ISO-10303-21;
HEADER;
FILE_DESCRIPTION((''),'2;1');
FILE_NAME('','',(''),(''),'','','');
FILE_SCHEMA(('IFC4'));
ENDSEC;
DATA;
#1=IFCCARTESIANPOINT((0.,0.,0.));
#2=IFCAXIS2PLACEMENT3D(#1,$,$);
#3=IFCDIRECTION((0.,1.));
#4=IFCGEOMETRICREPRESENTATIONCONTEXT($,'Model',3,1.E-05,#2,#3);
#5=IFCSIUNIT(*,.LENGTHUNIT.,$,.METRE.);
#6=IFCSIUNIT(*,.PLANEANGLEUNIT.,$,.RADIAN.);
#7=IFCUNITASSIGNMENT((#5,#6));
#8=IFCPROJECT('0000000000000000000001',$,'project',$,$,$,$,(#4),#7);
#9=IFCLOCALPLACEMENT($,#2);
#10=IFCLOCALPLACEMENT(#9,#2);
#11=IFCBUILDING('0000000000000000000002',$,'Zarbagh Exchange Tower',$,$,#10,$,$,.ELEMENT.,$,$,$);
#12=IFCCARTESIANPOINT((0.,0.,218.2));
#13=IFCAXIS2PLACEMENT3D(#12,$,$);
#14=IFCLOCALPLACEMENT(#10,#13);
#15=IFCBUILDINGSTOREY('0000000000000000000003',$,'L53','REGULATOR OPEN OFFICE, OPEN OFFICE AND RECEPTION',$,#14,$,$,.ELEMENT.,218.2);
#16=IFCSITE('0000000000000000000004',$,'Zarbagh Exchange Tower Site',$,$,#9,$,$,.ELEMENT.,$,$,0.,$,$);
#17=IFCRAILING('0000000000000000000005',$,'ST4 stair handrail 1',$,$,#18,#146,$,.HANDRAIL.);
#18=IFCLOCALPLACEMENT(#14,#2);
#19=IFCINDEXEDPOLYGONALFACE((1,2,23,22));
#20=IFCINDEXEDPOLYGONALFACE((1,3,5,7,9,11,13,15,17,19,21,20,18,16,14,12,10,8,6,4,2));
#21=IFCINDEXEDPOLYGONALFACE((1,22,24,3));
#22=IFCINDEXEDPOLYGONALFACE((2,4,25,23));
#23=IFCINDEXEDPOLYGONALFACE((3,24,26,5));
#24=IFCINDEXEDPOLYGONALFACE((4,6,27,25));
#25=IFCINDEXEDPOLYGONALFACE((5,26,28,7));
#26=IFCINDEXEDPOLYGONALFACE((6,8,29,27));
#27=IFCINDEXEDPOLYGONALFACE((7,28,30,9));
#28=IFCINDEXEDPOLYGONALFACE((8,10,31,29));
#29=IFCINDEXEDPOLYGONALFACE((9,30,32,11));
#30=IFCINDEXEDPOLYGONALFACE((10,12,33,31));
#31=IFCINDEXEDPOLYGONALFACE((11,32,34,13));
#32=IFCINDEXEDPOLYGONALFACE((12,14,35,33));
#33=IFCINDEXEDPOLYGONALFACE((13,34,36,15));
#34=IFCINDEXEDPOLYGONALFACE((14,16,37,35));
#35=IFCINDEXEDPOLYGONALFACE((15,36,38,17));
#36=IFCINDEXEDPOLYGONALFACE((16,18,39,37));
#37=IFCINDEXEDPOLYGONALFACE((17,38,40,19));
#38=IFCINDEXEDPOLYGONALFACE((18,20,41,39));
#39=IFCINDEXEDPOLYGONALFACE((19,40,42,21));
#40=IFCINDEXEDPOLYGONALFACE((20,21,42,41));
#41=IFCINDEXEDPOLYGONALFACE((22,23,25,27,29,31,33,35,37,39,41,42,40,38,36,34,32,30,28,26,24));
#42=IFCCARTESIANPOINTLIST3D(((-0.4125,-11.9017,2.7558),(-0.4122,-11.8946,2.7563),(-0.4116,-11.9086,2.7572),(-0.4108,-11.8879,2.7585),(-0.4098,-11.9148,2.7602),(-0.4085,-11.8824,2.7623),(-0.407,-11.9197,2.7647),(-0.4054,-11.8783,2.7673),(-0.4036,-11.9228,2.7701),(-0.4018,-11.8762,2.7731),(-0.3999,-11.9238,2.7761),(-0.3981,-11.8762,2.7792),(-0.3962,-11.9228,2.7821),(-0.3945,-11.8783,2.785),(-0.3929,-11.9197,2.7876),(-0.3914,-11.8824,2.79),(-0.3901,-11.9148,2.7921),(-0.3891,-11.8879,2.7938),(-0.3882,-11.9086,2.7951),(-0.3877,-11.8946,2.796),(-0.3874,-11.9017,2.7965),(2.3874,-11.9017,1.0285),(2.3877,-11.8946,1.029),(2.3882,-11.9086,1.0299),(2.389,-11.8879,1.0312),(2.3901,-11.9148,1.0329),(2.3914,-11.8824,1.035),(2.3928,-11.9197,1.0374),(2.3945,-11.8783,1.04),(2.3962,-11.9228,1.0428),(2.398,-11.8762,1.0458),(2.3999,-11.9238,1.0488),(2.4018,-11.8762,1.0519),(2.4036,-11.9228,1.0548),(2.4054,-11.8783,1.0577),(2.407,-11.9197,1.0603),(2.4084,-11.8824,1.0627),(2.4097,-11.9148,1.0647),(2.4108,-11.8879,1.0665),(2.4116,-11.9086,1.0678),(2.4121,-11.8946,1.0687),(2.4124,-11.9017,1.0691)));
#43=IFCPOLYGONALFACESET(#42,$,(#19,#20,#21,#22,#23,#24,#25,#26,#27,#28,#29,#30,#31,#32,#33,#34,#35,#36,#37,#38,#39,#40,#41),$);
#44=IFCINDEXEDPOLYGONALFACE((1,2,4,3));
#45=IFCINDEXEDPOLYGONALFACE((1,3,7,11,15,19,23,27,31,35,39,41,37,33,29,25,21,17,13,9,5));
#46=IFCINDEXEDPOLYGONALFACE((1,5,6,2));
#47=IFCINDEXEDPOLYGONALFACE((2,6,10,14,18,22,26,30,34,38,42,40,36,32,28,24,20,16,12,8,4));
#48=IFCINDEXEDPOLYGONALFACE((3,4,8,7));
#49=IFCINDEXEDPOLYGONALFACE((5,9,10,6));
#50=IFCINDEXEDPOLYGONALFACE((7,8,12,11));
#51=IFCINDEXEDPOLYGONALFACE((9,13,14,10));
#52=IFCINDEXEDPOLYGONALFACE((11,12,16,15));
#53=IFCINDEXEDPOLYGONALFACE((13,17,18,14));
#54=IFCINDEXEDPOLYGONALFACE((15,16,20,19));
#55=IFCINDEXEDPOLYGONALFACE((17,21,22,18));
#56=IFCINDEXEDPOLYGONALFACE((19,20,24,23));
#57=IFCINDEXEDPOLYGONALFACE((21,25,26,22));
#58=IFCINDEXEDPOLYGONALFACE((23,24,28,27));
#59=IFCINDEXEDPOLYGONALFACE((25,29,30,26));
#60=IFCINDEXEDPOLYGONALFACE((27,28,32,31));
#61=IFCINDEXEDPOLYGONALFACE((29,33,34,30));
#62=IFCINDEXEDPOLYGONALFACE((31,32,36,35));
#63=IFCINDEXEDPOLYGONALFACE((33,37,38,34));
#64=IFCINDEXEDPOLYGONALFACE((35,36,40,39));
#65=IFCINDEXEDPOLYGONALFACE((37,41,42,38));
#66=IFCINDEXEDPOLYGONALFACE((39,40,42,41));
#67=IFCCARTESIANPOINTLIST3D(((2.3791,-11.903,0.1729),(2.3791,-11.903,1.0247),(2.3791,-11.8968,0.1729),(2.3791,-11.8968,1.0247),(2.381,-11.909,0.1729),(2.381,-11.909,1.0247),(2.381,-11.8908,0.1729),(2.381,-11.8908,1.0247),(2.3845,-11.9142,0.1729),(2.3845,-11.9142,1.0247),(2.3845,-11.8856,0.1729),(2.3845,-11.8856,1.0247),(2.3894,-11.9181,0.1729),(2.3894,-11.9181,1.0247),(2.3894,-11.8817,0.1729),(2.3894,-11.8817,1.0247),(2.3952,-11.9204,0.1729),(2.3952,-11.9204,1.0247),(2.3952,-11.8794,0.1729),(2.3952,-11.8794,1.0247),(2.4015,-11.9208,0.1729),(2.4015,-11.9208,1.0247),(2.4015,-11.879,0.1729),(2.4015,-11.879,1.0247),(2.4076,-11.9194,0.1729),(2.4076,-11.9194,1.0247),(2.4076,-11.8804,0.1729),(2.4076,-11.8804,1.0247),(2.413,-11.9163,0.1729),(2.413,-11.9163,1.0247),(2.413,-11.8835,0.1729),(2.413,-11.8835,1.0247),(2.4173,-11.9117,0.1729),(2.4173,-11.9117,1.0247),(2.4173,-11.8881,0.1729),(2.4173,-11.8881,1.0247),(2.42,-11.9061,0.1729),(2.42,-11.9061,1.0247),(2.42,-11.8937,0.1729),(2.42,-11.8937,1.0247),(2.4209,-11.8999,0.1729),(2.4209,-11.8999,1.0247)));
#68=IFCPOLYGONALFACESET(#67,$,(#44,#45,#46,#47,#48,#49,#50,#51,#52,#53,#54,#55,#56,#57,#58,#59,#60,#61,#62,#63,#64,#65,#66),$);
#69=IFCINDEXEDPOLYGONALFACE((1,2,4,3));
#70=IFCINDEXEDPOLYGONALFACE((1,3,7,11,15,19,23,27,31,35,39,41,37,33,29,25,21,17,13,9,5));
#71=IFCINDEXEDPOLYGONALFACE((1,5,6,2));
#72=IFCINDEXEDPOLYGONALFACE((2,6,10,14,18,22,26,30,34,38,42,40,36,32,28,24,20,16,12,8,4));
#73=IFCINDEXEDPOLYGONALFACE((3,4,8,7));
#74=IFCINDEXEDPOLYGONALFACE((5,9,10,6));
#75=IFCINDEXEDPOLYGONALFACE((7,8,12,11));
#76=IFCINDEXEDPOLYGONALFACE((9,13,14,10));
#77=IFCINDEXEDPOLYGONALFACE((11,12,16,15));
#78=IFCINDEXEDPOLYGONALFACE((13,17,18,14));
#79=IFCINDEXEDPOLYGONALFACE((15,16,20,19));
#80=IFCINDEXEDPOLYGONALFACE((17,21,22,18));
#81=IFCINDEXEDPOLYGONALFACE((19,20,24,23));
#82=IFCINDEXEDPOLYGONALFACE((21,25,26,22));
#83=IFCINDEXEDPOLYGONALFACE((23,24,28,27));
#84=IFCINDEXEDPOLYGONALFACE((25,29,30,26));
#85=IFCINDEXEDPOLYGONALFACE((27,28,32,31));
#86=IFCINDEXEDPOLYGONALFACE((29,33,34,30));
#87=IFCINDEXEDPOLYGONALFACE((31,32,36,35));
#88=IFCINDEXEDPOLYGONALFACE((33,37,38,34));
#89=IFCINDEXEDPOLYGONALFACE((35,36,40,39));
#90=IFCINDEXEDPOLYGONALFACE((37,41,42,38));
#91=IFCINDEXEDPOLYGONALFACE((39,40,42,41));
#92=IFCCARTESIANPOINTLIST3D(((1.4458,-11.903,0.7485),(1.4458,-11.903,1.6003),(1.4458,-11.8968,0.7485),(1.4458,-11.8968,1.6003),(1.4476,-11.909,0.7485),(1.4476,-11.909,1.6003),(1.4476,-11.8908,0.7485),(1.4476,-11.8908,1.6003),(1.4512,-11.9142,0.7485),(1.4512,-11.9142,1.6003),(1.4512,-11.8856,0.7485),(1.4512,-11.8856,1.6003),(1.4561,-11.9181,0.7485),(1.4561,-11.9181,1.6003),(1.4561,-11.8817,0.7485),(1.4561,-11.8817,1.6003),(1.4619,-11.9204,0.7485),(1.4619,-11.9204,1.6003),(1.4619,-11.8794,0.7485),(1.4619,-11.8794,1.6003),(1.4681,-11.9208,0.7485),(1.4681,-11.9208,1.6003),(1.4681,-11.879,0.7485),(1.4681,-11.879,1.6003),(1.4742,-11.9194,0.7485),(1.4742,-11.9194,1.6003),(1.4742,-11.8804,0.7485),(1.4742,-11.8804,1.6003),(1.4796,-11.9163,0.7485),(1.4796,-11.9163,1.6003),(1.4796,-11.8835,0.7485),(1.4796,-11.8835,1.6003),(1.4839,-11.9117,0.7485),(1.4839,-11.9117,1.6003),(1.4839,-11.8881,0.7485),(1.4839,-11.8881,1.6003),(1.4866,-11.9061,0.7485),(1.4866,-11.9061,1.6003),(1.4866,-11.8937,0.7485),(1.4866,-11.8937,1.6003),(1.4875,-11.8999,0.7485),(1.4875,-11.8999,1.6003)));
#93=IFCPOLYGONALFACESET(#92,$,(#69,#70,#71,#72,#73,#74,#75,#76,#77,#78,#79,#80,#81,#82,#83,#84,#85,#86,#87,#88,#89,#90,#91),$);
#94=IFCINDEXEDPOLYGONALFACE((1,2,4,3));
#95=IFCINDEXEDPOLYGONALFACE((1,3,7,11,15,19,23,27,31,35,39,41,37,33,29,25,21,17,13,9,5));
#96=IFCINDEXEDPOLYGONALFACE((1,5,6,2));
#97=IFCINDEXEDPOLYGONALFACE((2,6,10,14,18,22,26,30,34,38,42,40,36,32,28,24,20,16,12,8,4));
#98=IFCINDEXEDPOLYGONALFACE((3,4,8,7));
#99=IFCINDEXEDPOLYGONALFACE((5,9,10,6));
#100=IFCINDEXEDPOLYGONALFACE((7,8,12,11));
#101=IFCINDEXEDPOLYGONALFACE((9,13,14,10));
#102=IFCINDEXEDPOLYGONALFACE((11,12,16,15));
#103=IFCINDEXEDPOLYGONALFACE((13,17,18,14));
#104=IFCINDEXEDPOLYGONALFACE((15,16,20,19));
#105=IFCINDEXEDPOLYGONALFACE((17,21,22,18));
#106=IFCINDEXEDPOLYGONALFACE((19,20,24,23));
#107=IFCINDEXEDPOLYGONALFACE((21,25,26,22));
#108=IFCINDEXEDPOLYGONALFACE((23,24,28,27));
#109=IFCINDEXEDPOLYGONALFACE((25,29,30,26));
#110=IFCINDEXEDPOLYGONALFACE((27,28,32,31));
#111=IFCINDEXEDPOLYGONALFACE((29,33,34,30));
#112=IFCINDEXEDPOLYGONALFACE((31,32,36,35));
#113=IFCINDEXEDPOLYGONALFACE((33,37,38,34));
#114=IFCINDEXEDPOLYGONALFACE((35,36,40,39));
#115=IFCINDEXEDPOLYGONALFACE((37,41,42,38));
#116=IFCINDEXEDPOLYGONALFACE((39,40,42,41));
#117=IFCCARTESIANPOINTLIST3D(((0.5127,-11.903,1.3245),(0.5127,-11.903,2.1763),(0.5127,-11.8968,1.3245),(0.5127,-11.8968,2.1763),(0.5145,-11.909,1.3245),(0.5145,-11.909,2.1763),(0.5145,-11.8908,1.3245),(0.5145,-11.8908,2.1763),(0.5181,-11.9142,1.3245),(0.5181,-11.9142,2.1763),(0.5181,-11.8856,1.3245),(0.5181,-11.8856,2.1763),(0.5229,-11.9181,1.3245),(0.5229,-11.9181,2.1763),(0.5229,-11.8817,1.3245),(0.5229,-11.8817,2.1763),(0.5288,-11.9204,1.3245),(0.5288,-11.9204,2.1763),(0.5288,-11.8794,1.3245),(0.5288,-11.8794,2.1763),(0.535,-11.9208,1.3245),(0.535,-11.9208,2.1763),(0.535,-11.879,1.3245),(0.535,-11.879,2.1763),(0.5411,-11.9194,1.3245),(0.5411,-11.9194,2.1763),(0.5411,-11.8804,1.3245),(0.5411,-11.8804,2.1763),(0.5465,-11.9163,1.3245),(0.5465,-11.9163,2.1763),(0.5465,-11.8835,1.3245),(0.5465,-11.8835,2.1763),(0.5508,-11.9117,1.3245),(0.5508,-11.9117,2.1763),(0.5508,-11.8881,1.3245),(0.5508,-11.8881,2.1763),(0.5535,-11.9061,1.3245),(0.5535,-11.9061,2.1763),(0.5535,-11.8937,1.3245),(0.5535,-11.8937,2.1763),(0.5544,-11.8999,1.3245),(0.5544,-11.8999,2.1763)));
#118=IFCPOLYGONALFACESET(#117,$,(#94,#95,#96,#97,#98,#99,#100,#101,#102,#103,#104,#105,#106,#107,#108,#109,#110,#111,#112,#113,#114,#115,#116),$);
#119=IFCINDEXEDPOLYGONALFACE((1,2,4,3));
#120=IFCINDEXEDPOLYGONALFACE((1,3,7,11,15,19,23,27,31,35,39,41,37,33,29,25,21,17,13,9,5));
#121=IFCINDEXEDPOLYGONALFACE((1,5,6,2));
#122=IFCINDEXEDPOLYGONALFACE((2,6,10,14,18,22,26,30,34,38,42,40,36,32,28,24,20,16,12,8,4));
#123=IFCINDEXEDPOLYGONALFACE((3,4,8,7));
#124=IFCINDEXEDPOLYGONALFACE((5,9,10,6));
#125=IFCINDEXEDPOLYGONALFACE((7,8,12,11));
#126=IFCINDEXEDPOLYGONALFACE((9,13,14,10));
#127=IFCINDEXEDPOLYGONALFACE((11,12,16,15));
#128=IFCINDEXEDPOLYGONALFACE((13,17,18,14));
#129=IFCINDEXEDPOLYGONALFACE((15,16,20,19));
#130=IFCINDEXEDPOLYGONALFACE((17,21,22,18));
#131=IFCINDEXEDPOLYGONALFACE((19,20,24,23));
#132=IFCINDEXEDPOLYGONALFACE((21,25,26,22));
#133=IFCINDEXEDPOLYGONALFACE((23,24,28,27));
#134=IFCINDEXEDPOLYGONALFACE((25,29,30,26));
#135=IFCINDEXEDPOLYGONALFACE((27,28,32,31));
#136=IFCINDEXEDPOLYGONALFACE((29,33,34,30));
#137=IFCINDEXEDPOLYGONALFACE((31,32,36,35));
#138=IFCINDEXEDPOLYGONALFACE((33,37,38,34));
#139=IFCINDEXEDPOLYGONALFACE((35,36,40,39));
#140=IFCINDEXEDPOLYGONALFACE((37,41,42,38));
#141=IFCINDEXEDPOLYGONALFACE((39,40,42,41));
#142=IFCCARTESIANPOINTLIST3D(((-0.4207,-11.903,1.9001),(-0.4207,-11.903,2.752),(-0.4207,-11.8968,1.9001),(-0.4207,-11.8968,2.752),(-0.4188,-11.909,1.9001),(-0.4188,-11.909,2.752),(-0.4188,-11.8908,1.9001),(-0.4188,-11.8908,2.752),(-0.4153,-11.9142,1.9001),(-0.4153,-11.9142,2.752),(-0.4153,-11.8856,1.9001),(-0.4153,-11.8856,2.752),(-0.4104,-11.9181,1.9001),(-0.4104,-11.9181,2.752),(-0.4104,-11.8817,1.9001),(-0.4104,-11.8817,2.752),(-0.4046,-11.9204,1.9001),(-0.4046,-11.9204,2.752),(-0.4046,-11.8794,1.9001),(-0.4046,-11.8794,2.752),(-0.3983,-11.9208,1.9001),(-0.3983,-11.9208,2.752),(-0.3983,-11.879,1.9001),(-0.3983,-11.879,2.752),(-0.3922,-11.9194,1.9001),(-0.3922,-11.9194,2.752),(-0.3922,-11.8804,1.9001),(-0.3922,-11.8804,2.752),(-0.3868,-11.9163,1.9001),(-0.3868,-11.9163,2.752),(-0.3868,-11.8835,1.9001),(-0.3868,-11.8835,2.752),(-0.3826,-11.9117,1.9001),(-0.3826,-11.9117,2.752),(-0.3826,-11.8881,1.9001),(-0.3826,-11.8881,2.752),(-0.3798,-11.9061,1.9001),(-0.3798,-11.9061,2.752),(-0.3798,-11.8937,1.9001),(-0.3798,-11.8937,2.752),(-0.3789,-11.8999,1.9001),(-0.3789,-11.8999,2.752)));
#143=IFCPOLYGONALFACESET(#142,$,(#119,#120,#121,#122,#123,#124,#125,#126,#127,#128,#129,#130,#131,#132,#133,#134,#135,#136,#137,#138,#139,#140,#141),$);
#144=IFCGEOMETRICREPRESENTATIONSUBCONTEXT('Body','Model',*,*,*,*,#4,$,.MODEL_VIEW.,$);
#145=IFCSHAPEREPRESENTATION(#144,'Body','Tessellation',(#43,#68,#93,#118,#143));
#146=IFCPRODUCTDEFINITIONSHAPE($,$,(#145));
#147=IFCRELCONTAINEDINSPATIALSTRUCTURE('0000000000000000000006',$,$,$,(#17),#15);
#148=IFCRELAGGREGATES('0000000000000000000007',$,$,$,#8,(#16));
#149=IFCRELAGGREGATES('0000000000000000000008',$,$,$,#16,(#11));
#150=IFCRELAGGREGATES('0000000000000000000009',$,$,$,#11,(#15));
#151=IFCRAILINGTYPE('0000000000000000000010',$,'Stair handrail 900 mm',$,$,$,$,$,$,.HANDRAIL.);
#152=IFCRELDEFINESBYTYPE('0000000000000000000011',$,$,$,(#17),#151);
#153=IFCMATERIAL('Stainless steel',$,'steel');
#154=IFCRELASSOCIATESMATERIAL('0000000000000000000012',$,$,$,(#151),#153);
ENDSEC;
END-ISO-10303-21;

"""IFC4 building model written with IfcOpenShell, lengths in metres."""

from ifc_helpers import new_model, si_unit, direction, frame, origin, origin_2d, place, context, subcontext, project, spatial, circle, extrude, material, type_object, element, save


model = new_model("IFC4")

# Units and contexts
model_context = context("Model", 3, precision=1e-05, world=origin(), true_north=direction((0.0, 1.0)))
body_context = subcontext(model_context, "Body", "Model", "MODEL_VIEW")
ifc_project = project(units=[si_unit("LENGTHUNIT", "METRE"), si_unit("PLANEANGLEUNIT", "RADIAN")], contexts=[model_context])

# Site, building, storey
site_placement = place(None, origin())
site = spatial("IfcSite", under=ifc_project, at=site_placement, Name="Zarbagh Exchange Tower Site", CompositionType="ELEMENT", RefElevation=0.0)
building_placement = place(site_placement, origin())
building = spatial("IfcBuilding", under=site, at=building_placement, Name="Zarbagh Exchange Tower", CompositionType="ELEMENT")
storey_placement = place(building_placement, frame((0.0, 0.0, 218.2)))
storey = spatial("IfcBuildingStorey", under=building, at=storey_placement, Name="L53", Description="REGULATOR OPEN OFFICE, OPEN OFFICE AND RECEPTION", CompositionType="ELEMENT", Elevation=218.2)

# Shared definitions
ifc_material_1 = material(Name="Stainless steel", Category="steel")

# Railing
railing_type_1 = type_object("IfcRailingType", Name="Stair handrail 900 mm", PredefinedType="HANDRAIL", material=ifc_material_1)
railing_1_placement = place(storey_placement, frame((2.3999, -11.8999, 0.1729)))
element("IfcRailing", 1, at=railing_1_placement, inside=storey, type_object=railing_type_1, Name="ST4 stair handrail 1", PredefinedType="HANDRAIL", context=body_context, shape_type="SweptSolid", body=[
    extrude(circle(Radius=0.0239, at=origin_2d()), frame((0.0, 0.0, 0.876), z_axis=(-0.851069, 0.0, 0.525054), x_axis=(0.0, -1.0, 0.0)), (0.0, 0.0, 1.0), 3.2898),
    extrude(circle(Radius=0.021, at=origin_2d()), origin(), (0.0, 0.0, 1.0), 0.8518),
    extrude(circle(Radius=0.021, at=origin_2d()), frame((-0.9333, 0.0, 0.5757)), (0.0, 0.0, 1.0), 0.8518),
    extrude(circle(Radius=0.021, at=origin_2d()), frame((-1.8665, 0.0, 1.1516)), (0.0, 0.0, 1.0), 0.8518),
    extrude(circle(Radius=0.021, at=origin_2d()), frame((-2.7998, 0.0, 1.7273)), (0.0, 0.0, 1.0), 0.8518),
])

save(model, "model.ifc")
